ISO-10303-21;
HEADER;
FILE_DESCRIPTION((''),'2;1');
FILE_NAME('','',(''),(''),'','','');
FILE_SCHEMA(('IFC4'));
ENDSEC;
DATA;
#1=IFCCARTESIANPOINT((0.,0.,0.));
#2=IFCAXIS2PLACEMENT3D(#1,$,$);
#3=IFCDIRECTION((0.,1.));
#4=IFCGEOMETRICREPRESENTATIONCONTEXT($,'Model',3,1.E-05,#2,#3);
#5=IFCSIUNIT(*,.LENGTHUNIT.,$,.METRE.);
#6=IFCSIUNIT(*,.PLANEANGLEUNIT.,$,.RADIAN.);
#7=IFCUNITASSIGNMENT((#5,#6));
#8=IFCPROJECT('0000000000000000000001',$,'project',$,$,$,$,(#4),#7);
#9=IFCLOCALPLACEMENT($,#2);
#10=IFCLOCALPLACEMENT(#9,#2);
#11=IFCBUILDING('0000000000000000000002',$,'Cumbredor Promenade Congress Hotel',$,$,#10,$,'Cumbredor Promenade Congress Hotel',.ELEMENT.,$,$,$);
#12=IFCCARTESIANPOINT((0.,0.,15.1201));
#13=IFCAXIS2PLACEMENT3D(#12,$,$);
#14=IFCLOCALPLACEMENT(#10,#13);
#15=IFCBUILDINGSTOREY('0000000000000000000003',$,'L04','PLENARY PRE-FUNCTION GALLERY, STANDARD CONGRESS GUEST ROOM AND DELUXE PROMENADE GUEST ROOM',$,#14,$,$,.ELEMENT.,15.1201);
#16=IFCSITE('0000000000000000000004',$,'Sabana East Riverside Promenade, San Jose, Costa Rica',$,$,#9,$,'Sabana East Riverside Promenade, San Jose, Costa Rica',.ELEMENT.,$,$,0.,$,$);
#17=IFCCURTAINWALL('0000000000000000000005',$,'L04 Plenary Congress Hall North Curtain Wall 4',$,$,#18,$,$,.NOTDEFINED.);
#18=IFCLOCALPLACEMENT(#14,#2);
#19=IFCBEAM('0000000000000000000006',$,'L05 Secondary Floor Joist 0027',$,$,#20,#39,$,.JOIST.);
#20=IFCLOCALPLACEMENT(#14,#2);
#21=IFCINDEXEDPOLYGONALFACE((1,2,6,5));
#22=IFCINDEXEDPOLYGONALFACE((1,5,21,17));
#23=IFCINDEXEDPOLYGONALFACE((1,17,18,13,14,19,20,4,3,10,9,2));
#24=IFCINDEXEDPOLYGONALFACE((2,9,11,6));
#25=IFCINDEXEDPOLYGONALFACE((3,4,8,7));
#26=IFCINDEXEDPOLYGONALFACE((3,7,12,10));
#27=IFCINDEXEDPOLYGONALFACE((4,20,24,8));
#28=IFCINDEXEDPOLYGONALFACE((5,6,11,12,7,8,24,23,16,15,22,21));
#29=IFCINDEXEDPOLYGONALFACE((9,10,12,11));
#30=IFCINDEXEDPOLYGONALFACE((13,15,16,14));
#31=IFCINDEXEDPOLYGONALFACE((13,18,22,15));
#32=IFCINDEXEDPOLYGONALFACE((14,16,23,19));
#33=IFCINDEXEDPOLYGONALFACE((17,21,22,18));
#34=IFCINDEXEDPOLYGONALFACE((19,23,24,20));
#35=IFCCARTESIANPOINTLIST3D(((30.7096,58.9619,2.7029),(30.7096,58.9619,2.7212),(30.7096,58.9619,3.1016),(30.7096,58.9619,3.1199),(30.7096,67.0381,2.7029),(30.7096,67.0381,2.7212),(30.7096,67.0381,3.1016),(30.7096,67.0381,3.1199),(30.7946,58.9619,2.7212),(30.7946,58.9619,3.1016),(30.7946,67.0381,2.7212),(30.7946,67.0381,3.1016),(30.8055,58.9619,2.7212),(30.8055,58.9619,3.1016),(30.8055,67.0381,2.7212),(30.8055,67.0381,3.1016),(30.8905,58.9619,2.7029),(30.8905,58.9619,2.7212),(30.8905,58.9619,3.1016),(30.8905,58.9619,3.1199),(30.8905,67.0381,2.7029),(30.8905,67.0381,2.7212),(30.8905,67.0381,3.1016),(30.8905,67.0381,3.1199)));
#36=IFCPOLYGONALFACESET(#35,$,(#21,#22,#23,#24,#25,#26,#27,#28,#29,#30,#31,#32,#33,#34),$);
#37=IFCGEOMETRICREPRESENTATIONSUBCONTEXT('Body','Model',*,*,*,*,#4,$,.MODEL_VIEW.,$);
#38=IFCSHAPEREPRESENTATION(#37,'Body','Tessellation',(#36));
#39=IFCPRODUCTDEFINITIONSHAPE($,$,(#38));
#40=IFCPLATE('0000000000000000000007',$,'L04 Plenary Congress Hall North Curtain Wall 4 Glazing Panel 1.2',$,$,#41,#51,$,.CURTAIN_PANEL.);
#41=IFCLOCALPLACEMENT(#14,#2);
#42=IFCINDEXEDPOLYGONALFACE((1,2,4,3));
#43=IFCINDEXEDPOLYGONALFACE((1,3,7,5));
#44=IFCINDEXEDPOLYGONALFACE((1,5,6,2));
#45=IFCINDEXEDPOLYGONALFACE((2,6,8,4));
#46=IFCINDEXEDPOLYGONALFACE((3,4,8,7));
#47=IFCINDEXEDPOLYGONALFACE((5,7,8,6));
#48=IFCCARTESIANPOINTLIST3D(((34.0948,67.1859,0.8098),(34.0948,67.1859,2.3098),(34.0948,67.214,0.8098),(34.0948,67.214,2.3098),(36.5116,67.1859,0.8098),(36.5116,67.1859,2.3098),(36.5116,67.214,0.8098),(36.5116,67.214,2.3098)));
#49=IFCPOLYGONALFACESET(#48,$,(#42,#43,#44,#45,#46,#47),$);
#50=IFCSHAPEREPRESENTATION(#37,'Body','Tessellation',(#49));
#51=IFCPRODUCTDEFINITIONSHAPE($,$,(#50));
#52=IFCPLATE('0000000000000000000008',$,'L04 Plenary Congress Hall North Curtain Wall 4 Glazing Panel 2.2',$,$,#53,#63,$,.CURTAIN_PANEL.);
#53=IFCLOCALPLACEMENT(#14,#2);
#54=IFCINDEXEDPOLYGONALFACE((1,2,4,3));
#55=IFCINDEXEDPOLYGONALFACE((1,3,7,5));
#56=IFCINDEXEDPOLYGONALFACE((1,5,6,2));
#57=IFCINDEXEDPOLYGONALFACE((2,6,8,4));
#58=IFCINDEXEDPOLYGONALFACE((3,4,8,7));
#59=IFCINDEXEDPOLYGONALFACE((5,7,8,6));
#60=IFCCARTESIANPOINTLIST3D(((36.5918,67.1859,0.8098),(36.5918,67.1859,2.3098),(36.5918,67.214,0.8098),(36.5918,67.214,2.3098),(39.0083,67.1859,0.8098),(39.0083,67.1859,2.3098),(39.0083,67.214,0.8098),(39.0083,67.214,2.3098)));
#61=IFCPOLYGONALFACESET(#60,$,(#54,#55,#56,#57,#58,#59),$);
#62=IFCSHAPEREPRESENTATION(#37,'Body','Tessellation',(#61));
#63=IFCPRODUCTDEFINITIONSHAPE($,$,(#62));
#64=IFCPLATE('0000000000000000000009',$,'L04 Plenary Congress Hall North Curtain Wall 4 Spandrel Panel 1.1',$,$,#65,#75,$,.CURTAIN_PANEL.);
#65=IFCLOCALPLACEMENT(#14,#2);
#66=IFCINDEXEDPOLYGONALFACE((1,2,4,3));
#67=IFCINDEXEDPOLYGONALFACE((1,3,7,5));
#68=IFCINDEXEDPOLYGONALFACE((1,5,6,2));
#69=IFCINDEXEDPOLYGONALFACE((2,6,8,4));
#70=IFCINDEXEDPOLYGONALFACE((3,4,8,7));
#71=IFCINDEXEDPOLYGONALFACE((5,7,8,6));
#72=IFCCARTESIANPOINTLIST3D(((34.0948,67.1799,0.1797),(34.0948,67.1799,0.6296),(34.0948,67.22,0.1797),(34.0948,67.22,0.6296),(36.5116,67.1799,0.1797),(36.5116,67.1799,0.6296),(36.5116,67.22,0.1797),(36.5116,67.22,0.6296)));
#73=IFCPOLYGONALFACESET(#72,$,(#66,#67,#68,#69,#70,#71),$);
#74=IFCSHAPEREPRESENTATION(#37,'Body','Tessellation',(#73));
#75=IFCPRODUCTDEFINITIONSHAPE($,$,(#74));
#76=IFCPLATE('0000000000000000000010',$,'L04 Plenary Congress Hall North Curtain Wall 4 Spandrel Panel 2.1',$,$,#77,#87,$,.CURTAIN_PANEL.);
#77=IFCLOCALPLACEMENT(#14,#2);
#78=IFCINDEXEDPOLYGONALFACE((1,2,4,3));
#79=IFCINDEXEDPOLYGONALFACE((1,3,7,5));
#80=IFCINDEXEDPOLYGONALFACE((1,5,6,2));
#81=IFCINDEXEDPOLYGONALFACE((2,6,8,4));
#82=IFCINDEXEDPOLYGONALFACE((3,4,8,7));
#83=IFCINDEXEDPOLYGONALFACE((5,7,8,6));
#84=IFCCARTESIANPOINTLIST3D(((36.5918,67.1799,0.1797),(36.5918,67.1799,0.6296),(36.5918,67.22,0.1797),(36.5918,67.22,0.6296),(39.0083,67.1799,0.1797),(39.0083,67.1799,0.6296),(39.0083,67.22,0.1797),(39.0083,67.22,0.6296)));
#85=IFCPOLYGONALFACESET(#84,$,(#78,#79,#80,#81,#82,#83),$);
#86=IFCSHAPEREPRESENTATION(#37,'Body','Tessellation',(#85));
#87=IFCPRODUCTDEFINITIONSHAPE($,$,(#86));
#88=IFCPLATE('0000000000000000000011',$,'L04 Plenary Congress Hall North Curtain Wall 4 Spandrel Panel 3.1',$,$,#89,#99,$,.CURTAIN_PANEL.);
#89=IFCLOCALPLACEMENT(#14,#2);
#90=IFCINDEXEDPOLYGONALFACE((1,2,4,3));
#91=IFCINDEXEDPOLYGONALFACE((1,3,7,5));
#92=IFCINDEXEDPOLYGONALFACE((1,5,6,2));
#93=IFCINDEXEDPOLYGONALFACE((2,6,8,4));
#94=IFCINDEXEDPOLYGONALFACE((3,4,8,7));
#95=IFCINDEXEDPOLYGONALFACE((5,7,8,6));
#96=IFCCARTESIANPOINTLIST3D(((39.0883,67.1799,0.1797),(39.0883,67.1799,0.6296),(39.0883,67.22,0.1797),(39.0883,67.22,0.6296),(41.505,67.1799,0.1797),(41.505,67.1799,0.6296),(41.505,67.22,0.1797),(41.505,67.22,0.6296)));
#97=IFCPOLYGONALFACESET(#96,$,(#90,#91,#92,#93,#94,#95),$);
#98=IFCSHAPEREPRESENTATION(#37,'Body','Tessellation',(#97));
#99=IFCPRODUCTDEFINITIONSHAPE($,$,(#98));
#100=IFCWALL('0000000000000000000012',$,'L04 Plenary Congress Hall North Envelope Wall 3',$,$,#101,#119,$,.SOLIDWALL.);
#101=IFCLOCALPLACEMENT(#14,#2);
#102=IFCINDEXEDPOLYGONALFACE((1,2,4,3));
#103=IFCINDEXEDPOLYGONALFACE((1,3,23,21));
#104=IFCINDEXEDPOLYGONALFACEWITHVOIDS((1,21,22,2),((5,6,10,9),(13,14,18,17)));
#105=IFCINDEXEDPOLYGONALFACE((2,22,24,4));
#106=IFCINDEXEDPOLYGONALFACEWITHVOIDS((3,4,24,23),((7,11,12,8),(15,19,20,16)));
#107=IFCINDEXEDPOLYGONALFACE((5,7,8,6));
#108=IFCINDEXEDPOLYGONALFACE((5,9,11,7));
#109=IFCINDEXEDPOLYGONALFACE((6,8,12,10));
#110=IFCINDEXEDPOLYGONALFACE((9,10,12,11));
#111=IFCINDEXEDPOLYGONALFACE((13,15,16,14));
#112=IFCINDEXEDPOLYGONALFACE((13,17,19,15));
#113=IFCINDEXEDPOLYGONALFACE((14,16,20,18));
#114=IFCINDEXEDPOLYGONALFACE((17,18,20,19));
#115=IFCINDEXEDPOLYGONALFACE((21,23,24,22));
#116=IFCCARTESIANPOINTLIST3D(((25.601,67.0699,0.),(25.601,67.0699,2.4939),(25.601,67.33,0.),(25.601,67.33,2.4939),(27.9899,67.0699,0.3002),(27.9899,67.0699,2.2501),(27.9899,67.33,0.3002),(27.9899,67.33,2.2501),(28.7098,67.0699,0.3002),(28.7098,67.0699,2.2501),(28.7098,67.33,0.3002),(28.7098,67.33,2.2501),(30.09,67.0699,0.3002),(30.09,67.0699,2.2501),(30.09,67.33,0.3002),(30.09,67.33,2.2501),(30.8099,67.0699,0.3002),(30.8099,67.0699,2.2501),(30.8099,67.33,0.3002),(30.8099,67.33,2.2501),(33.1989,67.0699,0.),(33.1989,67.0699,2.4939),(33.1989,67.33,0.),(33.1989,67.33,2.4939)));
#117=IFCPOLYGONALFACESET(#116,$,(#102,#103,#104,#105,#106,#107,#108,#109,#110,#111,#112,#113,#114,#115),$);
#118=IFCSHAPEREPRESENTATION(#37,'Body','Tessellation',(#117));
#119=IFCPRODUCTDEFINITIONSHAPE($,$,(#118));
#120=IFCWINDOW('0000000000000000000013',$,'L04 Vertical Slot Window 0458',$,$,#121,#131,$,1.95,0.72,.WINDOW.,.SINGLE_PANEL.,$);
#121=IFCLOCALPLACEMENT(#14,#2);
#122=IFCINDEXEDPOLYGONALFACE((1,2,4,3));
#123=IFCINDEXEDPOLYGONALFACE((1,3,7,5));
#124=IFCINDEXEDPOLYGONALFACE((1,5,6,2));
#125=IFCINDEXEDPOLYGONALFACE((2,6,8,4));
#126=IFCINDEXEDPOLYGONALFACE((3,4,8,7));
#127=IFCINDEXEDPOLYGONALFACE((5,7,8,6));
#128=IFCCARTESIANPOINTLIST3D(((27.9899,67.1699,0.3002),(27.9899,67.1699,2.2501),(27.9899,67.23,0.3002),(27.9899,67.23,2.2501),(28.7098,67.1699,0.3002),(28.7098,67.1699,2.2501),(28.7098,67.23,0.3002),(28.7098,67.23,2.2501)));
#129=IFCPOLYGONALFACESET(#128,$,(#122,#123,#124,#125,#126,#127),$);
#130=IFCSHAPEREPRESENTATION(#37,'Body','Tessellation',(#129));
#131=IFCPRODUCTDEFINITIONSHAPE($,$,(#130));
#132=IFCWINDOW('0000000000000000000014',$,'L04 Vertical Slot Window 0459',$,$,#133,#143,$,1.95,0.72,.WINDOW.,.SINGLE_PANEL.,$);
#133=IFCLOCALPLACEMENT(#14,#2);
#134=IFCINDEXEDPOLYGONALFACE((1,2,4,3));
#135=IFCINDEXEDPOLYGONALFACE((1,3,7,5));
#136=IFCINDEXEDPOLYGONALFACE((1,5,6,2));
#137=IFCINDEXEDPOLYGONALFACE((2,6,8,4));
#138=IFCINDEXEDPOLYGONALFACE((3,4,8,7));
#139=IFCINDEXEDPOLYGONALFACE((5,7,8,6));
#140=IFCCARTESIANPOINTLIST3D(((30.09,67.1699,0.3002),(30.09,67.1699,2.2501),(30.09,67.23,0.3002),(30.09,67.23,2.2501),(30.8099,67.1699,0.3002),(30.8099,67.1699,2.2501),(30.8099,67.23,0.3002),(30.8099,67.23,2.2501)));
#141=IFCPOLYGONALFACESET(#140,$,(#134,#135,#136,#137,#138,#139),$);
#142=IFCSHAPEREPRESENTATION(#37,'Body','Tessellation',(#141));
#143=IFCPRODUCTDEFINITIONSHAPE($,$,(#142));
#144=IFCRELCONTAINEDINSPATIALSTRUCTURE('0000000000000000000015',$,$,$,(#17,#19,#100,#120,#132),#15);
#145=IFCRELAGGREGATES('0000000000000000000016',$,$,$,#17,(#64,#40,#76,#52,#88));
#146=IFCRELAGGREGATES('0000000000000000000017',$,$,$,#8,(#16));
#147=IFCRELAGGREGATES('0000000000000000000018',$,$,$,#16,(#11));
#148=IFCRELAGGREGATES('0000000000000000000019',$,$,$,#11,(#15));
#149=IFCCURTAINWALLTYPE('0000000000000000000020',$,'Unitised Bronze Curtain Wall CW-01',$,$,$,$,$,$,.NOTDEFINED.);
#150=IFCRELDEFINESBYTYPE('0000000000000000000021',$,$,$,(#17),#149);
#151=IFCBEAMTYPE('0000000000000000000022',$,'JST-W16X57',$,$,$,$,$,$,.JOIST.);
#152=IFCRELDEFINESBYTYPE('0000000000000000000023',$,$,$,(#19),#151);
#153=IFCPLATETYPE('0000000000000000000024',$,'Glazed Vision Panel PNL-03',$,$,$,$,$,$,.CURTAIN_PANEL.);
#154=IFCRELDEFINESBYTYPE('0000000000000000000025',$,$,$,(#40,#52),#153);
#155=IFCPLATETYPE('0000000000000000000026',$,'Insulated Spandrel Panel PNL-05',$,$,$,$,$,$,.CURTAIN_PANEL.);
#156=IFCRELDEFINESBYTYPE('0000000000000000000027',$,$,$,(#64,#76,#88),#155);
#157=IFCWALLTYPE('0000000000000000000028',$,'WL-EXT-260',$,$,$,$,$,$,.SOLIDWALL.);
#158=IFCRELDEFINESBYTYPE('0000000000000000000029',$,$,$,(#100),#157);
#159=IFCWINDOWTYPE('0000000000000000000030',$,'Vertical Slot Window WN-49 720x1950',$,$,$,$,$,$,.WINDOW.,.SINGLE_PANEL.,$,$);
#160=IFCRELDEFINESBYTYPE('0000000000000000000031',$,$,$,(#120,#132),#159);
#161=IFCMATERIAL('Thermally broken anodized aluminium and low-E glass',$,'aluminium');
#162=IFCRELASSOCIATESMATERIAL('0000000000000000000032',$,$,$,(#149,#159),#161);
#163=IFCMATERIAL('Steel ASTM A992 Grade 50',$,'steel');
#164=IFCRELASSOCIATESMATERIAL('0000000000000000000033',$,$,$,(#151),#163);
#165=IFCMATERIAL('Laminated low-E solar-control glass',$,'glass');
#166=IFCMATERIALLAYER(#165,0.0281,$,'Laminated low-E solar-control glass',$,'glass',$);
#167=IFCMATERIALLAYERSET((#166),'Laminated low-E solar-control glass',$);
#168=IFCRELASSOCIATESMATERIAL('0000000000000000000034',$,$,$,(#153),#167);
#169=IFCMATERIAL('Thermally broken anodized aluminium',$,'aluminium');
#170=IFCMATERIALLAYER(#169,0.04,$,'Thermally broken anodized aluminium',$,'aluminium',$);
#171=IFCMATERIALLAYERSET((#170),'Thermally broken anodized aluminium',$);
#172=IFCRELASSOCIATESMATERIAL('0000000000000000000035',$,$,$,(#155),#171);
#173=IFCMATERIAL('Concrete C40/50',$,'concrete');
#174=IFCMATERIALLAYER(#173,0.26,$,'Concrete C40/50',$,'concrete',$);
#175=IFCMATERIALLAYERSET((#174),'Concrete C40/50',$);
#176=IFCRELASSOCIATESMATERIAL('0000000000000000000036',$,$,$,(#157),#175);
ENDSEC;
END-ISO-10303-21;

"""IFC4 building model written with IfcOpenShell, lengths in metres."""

from ifc_helpers import new_model, si_unit, direction, frame, frame_2d, origin, origin_2d, place, context, subcontext, project, spatial, rectangle, i_section, extrude, material, layer, layer_set, material_profile, profile_set, type_object, element, fill, aggregate, save


model = new_model("IFC4")

# Units and contexts
model_context = context("Model", 3, precision=1e-05, world=origin(), true_north=direction((0.0, 1.0)))
body_context = subcontext(model_context, "Body", "Model", "MODEL_VIEW")
ifc_project = project(units=[si_unit("LENGTHUNIT", "METRE"), si_unit("PLANEANGLEUNIT", "RADIAN")], contexts=[model_context])

# Site, building, storey
site_placement = place(None, origin())
site = spatial("IfcSite", under=ifc_project, at=site_placement, Name="Sabana East Riverside Promenade, San Jose, Costa Rica", LongName="Sabana East Riverside Promenade, San Jose, Costa Rica", CompositionType="ELEMENT", RefElevation=0.0)
building_placement = place(site_placement, origin())
building = spatial("IfcBuilding", under=site, at=building_placement, Name="Cumbredor Promenade Congress Hotel", LongName="Cumbredor Promenade Congress Hotel", CompositionType="ELEMENT")
storey_placement = place(building_placement, frame((0.0, 0.0, 15.1201)))
storey = spatial("IfcBuildingStorey", under=building, at=storey_placement, Name="L04", Description="PLENARY PRE-FUNCTION GALLERY, STANDARD CONGRESS GUEST ROOM AND DELUXE PROMENADE GUEST ROOM", CompositionType="ELEMENT", Elevation=15.1201)

# Shared definitions
ifc_material_1 = material(Name="Concrete C40/50", Category="concrete")
ifc_material_2 = material(Name="Steel ASTM A992 Grade 50", Category="steel")

# Curtain wall
ifc_material_3 = material(Name="Thermally broken anodized aluminium and low-E glass", Category="aluminium")
curtain_wall_type = type_object("IfcCurtainWallType", Name="Unitised Bronze Curtain Wall CW-01", PredefinedType="NOTDEFINED", material=ifc_material_3)
curtain_wall_placement = place(storey_placement, origin())
curtain_wall = element("IfcCurtainWall", 1, at=curtain_wall_placement, inside=storey, type_object=curtain_wall_type, Name="L04 Plenary Congress Hall North Curtain Wall 4", PredefinedType="NOTDEFINED")
ifc_material_4 = material(Name="Thermally broken anodized aluminium", Category="aluminium")

# Beam
ifc_material_profile_1 = material_profile(ifc_material_2, i_section(OverallWidth=0.1809, OverallDepth=0.417, WebThickness=0.011, FlangeThickness=0.0183, at=origin_2d()), Name="W16X57")
ifc_profile_set_1 = profile_set([ifc_material_profile_1], Name="Steel ASTM A992 Grade 50")
beam_type_1 = type_object("IfcBeamType", Name="JST-W16X57", PredefinedType="JOIST", material=ifc_profile_set_1)
for number, where, z_axis, x_axis, name in (
    (2, (30.8, 58.9619, 2.9114), (0.0, 1.0, 0.0), (-1.0, 0.0, 0.0), "L05 Secondary Floor Joist 0027"),
):
    element("IfcBeam", number, at=place(storey_placement, frame(where, z_axis=z_axis, x_axis=x_axis)), inside=storey, type_object=beam_type_1, Name=name, PredefinedType="JOIST", context=body_context, shape_type="SweptSolid", body=[
        extrude(i_section(OverallWidth=0.1809, OverallDepth=0.417, WebThickness=0.011, FlangeThickness=0.0183, at=origin_2d()), origin(), (0.0, 0.0, 1.0), 8.0762),
    ])

# Plates
ifc_material_5 = material(Name="Laminated low-E solar-control glass", Category="glass")
ifc_layer_1 = layer(ifc_material_5, 0.0281, Name="Laminated low-E solar-control glass", Category="glass")
ifc_layer_set_1 = layer_set([ifc_layer_1], Name="Laminated low-E solar-control glass")
plate_type_1 = type_object("IfcPlateType", Name="Glazed Vision Panel PNL-03", PredefinedType="CURTAIN_PANEL", material=ifc_layer_set_1)
plate_1_placement = place(storey_placement, frame((35.3032, 67.2, 0.8098), z_axis=(0.0, 0.0, 1.0), x_axis=(1.0, 0.0, 0.0)))
plate_1 = element("IfcPlate", 3, at=plate_1_placement, type_object=plate_type_1, Name="L04 Plenary Congress Hall North Curtain Wall 4 Glazing Panel 1.2", PredefinedType="CURTAIN_PANEL", context=body_context, shape_type="SweptSolid", body=[
    extrude(rectangle(XDim=2.4167, YDim=0.0281, at=origin_2d()), origin(), (0.0, 0.0, 1.0), 1.5),
])
plate_2_placement = place(storey_placement, frame((37.8, 67.2, 0.8098), z_axis=(0.0, 0.0, 1.0), x_axis=(1.0, 0.0, 0.0)))
plate_2 = element("IfcPlate", 4, at=plate_2_placement, type_object=plate_type_1, Name="L04 Plenary Congress Hall North Curtain Wall 4 Glazing Panel 2.2", PredefinedType="CURTAIN_PANEL", context=body_context, shape_type="SweptSolid", body=[
    extrude(rectangle(XDim=2.4165, YDim=0.0281, at=origin_2d()), origin(), (0.0, 0.0, 1.0), 1.5),
])
ifc_layer_2 = layer(ifc_material_4, 0.04, Name="Thermally broken anodized aluminium", Category="aluminium")
ifc_layer_set_2 = layer_set([ifc_layer_2], Name="Thermally broken anodized aluminium")
plate_type_2 = type_object("IfcPlateType", Name="Insulated Spandrel Panel PNL-05", PredefinedType="CURTAIN_PANEL", material=ifc_layer_set_2)
plate_3_placement = place(storey_placement, frame((35.3032, 67.2, 0.1797), z_axis=(0.0, 0.0, 1.0), x_axis=(1.0, 0.0, 0.0)))
plate_3 = element("IfcPlate", 5, at=plate_3_placement, type_object=plate_type_2, Name="L04 Plenary Congress Hall North Curtain Wall 4 Spandrel Panel 1.1", PredefinedType="CURTAIN_PANEL", context=body_context, shape_type="SweptSolid", body=[
    extrude(rectangle(XDim=2.4167, YDim=0.04, at=origin_2d()), origin(), (0.0, 0.0, 1.0), 0.45),
])
plate_4_placement = place(storey_placement, frame((37.8, 67.2, 0.1797), z_axis=(0.0, 0.0, 1.0), x_axis=(1.0, 0.0, 0.0)))
plate_4 = element("IfcPlate", 6, at=plate_4_placement, type_object=plate_type_2, Name="L04 Plenary Congress Hall North Curtain Wall 4 Spandrel Panel 2.1", PredefinedType="CURTAIN_PANEL", context=body_context, shape_type="SweptSolid", body=[
    extrude(rectangle(XDim=2.4165, YDim=0.04, at=origin_2d()), origin(), (0.0, 0.0, 1.0), 0.45),
])
plate_5_placement = place(storey_placement, frame((40.2966, 67.2, 0.1797), z_axis=(0.0, 0.0, 1.0), x_axis=(1.0, 0.0, 0.0)))
plate_5 = element("IfcPlate", 7, at=plate_5_placement, type_object=plate_type_2, Name="L04 Plenary Congress Hall North Curtain Wall 4 Spandrel Panel 3.1", PredefinedType="CURTAIN_PANEL", context=body_context, shape_type="SweptSolid", body=[
    extrude(rectangle(XDim=2.4167, YDim=0.04, at=origin_2d()), origin(), (0.0, 0.0, 1.0), 0.45),
])
aggregate(curtain_wall, [plate_3, plate_1, plate_4, plate_2, plate_5])

# Wall, openings, windows
ifc_layer_3 = layer(ifc_material_1, 0.26, Name="Concrete C40/50", Category="concrete")
ifc_layer_set_3 = layer_set([ifc_layer_3], Name="Concrete C40/50")
wall_type = type_object("IfcWallType", Name="WL-EXT-260", PredefinedType="SOLIDWALL", material=ifc_layer_set_3)
wall_placement = place(storey_placement, frame((25.6011, 67.2, 0.0), z_axis=(0.0, 0.0, 1.0), x_axis=(1.0, 0.0, 0.0)))
wall = element("IfcWall", 8, at=wall_placement, inside=storey, type_object=wall_type, Name="L04 Plenary Congress Hall North Envelope Wall 3", PredefinedType="SOLIDWALL", context=body_context, shape_type="SweptSolid", body=[
    extrude(rectangle(XDim=7.5979, YDim=0.26, at=frame_2d((3.7988, 0.0))), origin(), (0.0, 0.0, 1.0), 2.4939),
])
opening_1_placement = place(wall_placement, frame((2.3889, 0.0, 0.3)))
opening_1 = element("IfcOpeningElement", 9, at=opening_1_placement, cuts=wall, PredefinedType="OPENING", context=body_context, shape_type="SweptSolid", body=[
    extrude(rectangle(XDim=0.72, YDim=1.95, at=frame_2d((0.3599, 0.9751))), frame((0.0, 0.1401, 0.0), z_axis=(0.0, -1.0, 0.0), x_axis=(1.0, 0.0, 0.0)), (0.0, 0.0, 1.0), 0.28),
])
opening_2_placement = place(wall_placement, frame((4.489, 0.0, 0.3)))
opening_2 = element("IfcOpeningElement", 10, at=opening_2_placement, cuts=wall, PredefinedType="OPENING", context=body_context, shape_type="SweptSolid", body=[
    extrude(rectangle(XDim=0.72, YDim=1.95, at=frame_2d((0.3599, 0.9751))), frame((0.0, 0.1401, 0.0), z_axis=(0.0, -1.0, 0.0), x_axis=(1.0, 0.0, 0.0)), (0.0, 0.0, 1.0), 0.28),
])
window_type = type_object("IfcWindowType", Name="Vertical Slot Window WN-49 720x1950", PartitioningType="SINGLE_PANEL", PredefinedType="WINDOW", material=ifc_material_3)
window_1_placement = place(opening_1_placement, origin())
window_1 = element("IfcWindow", 11, at=window_1_placement, inside=storey, type_object=window_type, Name="L04 Vertical Slot Window 0458", OverallHeight=1.95, OverallWidth=0.72, PartitioningType="SINGLE_PANEL", PredefinedType="WINDOW", context=body_context, shape_type="SweptSolid", body=[
    extrude(rectangle(XDim=0.72, YDim=1.95, at=frame_2d((0.3599, 0.9751))), frame((0.0, 0.03, 0.0), z_axis=(0.0, -1.0, 0.0), x_axis=(1.0, 0.0, 0.0)), (0.0, 0.0, 1.0), 0.0601),
])
fill(opening_1, window_1)
window_2_placement = place(opening_2_placement, origin())
window_2 = element("IfcWindow", 12, at=window_2_placement, inside=storey, type_object=window_type, Name="L04 Vertical Slot Window 0459", OverallHeight=1.95, OverallWidth=0.72, PartitioningType="SINGLE_PANEL", PredefinedType="WINDOW", context=body_context, shape_type="SweptSolid", body=[
    extrude(rectangle(XDim=0.72, YDim=1.95, at=frame_2d((0.3599, 0.9751))), frame((0.0, 0.03, 0.0), z_axis=(0.0, -1.0, 0.0), x_axis=(1.0, 0.0, 0.0)), (0.0, 0.0, 1.0), 0.0601),
])
fill(opening_2, window_2)

save(model, "model.ifc")
